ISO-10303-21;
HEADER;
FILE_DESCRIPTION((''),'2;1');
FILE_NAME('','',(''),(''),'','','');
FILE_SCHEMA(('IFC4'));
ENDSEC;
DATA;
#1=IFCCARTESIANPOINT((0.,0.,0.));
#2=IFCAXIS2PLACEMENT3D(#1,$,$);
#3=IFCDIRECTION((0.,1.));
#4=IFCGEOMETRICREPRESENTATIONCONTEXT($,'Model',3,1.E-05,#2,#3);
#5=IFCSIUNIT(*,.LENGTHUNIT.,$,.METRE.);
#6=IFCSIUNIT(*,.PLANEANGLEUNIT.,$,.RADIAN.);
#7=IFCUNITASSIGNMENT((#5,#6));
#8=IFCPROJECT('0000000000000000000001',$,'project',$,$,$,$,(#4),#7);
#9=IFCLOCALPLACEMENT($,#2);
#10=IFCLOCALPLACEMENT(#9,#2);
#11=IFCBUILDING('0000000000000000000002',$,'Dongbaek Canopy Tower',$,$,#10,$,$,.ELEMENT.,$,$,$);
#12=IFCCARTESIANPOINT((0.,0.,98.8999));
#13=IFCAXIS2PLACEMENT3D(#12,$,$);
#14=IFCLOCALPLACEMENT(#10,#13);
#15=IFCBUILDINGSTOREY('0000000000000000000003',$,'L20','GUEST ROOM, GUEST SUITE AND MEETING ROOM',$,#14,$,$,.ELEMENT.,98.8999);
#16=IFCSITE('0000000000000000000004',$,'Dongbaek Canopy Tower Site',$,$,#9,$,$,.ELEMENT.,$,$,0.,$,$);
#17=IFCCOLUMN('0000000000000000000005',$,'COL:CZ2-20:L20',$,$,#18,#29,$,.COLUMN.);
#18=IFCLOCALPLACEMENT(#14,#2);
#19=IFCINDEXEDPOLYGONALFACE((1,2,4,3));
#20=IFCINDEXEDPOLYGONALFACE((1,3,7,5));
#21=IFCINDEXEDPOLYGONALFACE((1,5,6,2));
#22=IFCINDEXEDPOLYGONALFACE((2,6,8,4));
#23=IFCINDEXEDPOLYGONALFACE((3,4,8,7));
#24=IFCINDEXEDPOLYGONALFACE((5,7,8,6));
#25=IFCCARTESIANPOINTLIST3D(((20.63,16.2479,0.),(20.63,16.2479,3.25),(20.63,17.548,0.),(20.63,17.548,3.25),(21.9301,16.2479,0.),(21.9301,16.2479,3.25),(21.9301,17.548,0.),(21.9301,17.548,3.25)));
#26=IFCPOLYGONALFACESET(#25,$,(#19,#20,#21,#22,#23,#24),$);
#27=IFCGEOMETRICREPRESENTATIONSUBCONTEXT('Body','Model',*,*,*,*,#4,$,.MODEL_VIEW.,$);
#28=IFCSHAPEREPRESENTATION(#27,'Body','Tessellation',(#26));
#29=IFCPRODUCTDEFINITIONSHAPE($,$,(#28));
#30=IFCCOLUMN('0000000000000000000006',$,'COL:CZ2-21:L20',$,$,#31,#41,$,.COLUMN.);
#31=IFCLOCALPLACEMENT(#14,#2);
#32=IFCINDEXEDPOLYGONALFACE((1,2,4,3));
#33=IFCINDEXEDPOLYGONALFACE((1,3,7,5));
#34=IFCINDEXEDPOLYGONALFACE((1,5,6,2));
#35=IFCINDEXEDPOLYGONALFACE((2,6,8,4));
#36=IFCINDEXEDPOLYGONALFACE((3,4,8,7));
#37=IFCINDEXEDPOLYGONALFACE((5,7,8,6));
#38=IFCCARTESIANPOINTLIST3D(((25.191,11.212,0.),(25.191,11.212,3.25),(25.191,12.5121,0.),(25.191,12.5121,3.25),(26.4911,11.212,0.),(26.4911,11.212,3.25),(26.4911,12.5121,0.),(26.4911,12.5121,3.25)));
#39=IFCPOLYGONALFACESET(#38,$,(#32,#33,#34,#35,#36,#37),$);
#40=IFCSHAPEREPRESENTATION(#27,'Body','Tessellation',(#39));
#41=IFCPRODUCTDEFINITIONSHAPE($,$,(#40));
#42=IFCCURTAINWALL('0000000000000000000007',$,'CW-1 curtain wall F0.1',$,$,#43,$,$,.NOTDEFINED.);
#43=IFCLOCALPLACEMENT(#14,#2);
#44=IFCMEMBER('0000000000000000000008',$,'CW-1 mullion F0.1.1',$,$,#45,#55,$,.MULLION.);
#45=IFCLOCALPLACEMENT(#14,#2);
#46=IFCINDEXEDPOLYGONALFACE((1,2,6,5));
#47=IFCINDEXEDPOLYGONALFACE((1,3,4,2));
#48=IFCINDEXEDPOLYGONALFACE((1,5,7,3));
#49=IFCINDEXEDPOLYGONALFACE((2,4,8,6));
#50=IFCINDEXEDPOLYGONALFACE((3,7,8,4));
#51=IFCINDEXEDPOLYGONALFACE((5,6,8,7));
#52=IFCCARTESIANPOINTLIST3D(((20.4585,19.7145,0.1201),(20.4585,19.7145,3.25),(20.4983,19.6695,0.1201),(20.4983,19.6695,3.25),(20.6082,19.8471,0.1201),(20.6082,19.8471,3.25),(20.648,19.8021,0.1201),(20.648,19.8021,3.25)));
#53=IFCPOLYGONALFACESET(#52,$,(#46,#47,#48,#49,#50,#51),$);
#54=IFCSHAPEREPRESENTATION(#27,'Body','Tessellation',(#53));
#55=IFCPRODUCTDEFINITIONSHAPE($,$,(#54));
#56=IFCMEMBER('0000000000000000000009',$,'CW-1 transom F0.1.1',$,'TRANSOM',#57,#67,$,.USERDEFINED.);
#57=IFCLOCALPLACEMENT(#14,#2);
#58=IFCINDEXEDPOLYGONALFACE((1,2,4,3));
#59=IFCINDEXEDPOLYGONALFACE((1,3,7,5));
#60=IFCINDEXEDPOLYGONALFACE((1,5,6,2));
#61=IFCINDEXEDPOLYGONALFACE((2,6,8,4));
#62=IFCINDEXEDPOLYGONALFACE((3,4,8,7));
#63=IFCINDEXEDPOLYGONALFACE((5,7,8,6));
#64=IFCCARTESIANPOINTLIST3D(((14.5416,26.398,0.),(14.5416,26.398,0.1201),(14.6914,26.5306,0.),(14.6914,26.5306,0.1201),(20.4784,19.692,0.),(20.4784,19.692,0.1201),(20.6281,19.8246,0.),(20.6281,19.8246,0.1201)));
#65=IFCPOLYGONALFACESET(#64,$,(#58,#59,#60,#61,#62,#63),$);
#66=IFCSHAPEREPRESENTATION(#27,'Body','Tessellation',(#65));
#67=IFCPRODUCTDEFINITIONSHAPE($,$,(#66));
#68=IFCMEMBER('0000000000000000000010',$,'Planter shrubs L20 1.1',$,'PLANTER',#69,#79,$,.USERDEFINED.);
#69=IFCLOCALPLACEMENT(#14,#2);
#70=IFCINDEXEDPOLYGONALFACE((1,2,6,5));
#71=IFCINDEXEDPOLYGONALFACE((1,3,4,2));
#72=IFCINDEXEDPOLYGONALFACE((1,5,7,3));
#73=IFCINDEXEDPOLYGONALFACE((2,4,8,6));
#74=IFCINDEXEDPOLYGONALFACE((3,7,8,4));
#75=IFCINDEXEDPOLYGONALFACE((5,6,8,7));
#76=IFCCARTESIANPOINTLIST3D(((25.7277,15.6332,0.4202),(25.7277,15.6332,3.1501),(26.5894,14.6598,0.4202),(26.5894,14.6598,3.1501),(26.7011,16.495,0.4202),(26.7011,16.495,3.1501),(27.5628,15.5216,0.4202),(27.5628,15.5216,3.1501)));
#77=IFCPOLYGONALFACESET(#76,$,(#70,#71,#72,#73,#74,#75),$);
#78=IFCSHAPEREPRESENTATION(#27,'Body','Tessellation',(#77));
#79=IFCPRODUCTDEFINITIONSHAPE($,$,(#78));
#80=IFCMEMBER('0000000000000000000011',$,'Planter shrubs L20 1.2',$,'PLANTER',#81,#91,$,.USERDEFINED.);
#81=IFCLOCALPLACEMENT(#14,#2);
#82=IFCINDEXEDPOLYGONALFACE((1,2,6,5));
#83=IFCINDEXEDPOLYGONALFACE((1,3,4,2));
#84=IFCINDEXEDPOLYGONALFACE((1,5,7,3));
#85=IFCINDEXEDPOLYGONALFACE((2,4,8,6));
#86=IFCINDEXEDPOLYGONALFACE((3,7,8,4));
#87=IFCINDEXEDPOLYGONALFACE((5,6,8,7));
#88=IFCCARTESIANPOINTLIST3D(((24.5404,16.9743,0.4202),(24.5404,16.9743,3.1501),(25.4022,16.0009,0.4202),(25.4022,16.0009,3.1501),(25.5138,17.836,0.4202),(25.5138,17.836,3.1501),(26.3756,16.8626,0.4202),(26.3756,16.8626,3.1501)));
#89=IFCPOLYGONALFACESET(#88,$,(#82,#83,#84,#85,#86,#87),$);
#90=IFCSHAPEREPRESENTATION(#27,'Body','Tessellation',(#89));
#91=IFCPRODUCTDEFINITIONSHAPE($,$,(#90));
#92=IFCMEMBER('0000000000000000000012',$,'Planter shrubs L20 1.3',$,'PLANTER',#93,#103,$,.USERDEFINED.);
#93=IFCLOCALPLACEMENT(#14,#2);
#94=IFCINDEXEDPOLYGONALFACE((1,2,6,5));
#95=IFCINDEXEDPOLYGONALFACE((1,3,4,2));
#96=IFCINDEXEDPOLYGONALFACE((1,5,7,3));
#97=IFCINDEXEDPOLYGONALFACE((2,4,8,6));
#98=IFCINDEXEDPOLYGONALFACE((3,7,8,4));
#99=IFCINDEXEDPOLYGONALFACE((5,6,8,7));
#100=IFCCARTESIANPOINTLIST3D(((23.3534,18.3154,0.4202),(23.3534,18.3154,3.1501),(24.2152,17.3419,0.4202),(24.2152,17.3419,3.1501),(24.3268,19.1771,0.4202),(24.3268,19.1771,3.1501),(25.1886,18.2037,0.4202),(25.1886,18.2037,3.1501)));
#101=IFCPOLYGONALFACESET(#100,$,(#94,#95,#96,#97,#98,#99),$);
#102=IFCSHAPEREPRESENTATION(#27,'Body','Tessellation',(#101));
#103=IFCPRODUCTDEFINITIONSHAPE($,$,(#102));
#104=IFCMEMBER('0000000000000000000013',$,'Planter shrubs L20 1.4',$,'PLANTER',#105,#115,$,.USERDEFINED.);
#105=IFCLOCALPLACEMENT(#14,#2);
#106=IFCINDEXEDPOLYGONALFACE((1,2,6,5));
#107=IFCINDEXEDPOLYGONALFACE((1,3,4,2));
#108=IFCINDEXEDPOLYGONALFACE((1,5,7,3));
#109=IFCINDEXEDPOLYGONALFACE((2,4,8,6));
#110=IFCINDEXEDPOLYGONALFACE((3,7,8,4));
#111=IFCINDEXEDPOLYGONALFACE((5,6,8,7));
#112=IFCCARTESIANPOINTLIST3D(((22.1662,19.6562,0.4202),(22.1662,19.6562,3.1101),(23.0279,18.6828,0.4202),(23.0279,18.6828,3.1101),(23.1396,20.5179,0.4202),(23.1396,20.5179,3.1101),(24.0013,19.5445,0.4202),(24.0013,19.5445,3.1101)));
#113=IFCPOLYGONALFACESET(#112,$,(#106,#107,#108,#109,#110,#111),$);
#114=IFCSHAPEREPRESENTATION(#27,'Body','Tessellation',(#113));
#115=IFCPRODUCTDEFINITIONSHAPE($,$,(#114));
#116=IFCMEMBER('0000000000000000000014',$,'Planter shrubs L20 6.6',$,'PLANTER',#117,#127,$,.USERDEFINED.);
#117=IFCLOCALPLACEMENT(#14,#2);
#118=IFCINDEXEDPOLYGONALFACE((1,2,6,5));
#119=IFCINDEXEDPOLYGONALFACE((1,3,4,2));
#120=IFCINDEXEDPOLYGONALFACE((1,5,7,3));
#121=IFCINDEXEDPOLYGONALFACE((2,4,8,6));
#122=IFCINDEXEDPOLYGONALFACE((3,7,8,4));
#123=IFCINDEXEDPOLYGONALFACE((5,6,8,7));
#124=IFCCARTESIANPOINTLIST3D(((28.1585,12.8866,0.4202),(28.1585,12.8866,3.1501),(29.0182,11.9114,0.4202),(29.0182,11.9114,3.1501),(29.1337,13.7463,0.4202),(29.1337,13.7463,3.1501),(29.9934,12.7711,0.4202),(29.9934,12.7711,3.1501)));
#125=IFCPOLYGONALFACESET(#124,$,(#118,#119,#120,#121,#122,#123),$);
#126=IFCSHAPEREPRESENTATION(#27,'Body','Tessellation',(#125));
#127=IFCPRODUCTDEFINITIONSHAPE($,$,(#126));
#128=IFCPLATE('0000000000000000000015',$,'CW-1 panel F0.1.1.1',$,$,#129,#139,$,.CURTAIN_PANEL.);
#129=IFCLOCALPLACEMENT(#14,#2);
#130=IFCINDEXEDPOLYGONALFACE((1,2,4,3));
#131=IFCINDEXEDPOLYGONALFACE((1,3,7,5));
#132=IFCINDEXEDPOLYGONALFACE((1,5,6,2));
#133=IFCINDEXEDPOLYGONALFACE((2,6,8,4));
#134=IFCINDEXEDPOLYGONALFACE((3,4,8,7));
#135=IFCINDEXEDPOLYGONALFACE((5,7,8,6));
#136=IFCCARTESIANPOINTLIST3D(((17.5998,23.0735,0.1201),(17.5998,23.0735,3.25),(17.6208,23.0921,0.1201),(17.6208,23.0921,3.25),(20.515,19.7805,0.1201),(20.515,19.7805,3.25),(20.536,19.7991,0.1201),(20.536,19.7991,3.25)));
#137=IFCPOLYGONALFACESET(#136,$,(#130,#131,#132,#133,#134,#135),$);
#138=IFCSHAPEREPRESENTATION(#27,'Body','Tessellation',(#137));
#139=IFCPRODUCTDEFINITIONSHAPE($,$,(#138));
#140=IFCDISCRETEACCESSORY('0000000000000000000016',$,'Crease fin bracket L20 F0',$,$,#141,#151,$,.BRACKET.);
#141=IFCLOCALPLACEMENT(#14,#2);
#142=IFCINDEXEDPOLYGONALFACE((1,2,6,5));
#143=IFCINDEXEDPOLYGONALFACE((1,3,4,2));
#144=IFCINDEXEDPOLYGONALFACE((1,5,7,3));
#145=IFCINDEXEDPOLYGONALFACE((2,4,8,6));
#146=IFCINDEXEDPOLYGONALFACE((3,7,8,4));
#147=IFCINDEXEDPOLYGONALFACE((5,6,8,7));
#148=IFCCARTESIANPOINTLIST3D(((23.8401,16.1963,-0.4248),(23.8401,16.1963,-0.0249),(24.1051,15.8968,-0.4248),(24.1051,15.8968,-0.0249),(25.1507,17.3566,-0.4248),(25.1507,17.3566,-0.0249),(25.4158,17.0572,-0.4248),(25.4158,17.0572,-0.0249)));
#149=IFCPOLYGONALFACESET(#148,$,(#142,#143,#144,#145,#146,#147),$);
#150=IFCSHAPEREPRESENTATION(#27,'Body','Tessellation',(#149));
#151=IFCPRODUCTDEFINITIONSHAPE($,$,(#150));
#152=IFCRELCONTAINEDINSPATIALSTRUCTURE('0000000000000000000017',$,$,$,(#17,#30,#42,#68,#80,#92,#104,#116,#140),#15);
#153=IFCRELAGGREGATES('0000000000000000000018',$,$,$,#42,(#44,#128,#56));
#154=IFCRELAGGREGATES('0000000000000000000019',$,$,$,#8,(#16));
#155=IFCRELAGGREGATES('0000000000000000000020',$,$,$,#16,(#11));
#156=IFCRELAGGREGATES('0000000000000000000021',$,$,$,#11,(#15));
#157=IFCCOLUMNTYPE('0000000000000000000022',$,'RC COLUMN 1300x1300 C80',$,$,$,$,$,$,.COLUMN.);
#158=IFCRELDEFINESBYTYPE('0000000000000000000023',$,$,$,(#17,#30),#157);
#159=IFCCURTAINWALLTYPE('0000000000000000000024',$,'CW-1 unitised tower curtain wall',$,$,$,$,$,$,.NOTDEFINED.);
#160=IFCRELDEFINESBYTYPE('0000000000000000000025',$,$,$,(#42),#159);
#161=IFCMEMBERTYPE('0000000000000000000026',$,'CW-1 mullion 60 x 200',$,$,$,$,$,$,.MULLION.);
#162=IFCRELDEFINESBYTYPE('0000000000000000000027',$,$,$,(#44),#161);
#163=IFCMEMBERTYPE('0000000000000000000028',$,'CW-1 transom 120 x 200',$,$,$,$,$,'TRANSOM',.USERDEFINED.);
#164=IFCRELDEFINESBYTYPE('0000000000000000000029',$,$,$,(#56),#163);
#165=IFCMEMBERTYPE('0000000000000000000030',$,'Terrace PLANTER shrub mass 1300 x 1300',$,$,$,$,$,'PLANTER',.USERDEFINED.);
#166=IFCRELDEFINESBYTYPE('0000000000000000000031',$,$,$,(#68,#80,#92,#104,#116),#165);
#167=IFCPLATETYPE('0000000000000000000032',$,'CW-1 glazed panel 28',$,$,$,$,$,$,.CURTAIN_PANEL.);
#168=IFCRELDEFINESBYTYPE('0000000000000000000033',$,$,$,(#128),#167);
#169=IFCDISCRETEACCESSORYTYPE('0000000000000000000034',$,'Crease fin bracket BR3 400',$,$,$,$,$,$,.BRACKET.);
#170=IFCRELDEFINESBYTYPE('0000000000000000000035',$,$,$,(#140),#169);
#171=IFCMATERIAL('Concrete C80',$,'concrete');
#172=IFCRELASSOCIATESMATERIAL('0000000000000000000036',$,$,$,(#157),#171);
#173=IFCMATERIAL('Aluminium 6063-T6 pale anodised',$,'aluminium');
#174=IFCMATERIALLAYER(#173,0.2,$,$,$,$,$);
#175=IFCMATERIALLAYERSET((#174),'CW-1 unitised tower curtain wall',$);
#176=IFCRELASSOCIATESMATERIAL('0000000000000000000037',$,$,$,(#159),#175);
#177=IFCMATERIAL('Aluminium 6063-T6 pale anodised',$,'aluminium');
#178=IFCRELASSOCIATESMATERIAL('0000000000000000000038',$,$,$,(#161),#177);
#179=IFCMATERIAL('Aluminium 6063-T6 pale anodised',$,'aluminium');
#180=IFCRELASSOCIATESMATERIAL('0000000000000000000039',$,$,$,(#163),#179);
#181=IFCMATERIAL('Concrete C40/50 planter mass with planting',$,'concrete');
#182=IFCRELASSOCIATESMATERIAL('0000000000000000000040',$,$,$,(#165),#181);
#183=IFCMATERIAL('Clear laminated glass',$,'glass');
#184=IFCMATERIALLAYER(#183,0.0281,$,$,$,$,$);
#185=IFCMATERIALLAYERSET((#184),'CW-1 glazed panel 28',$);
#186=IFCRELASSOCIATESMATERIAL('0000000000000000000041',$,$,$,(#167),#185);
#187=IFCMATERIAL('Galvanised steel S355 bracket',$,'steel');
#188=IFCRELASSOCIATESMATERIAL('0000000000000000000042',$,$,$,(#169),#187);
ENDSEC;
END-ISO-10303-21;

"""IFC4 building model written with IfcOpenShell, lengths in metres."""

from ifc_helpers import new_model, si_unit, direction, frame, origin, origin_2d, place, context, subcontext, project, spatial, rectangle, extrude, material, layer, layer_set, material_profile, profile_set, type_object, element, aggregate, save


model = new_model("IFC4")

# Units and contexts
model_context = context("Model", 3, precision=1e-05, world=origin(), true_north=direction((0.0, 1.0)))
body_context = subcontext(model_context, "Body", "Model", "MODEL_VIEW")
ifc_project = project(units=[si_unit("LENGTHUNIT", "METRE"), si_unit("PLANEANGLEUNIT", "RADIAN")], contexts=[model_context])

# Site, building, storey
site_placement = place(None, origin())
site = spatial("IfcSite", under=ifc_project, at=site_placement, Name="Dongbaek Canopy Tower Site", CompositionType="ELEMENT", RefElevation=0.0)
building_placement = place(site_placement, origin())
building = spatial("IfcBuilding", under=site, at=building_placement, Name="Dongbaek Canopy Tower", CompositionType="ELEMENT")
storey_placement = place(building_placement, frame((0.0, 0.0, 98.8999)))
storey = spatial("IfcBuildingStorey", under=building, at=storey_placement, Name="L20", Description="GUEST ROOM, GUEST SUITE AND MEETING ROOM", CompositionType="ELEMENT", Elevation=98.8999)

# Columns
ifc_material_1 = material(Name="Concrete C80", Category="concrete")
ifc_material_profile_1 = material_profile(ifc_material_1, rectangle(XDim=1.3, YDim=1.3, at=origin_2d()), Name="RC COLUMN 1300x1300 C80")
ifc_profile_set_1 = profile_set([ifc_material_profile_1], Name="Concrete C80")
column_type = type_object("IfcColumnType", Name="RC COLUMN 1300x1300 C80", PredefinedType="COLUMN", material=ifc_profile_set_1)
for number, where, z_axis, x_axis, name in (
    (1, (21.28, 16.8979, 0.0), (0.0, 0.0, 1.0), (1.0, 0.0, 0.0), "COL:CZ2-20:L20"),
    (2, (25.8411, 11.8621, 0.0), (0.0, 0.0, 1.0), (1.0, 0.0, 0.0), "COL:CZ2-21:L20"),
):
    element("IfcColumn", number, at=place(storey_placement, frame(where, z_axis=z_axis, x_axis=x_axis)), inside=storey, type_object=column_type, Name=name, PredefinedType="COLUMN", context=body_context, shape_type="SweptSolid", body=[
        extrude(rectangle(XDim=1.3, YDim=1.3, at=origin_2d()), origin(), (0.0, 0.0, 1.0), 3.25),
    ])

# Curtain wall, members
ifc_material_2 = material(Name="Aluminium 6063-T6 pale anodised", Category="aluminium")
ifc_layer_1 = layer(ifc_material_2, 0.2)
ifc_layer_set_1 = layer_set([ifc_layer_1], Name="CW-1 unitised tower curtain wall")
curtain_wall_type = type_object("IfcCurtainWallType", Name="CW-1 unitised tower curtain wall", PredefinedType="NOTDEFINED", material=ifc_layer_set_1)
curtain_wall_placement = place(storey_placement, origin())
curtain_wall = element("IfcCurtainWall", 3, at=curtain_wall_placement, inside=storey, type_object=curtain_wall_type, Name="CW-1 curtain wall F0.1", PredefinedType="NOTDEFINED")
ifc_material_3 = material(Name="Aluminium 6063-T6 pale anodised", Category="aluminium")
ifc_material_profile_2 = material_profile(ifc_material_3, rectangle(XDim=0.2, YDim=0.0601, at=origin_2d()), Name="CW-1 mullion 60 x 200")
ifc_profile_set_2 = profile_set([ifc_material_profile_2], Name="Aluminium 6063-T6 pale anodised")
member_type_1 = type_object("IfcMemberType", Name="CW-1 mullion 60 x 200", PredefinedType="MULLION", material=ifc_profile_set_2)
member_1_placement = place(storey_placement, frame((20.5532, 19.7583, 0.1201), z_axis=(0.0, 0.0, 1.0), x_axis=(0.748749, 0.662854, 0.0)))
member_1 = element("IfcMember", 4, at=member_1_placement, type_object=member_type_1, Name="CW-1 mullion F0.1.1", PredefinedType="MULLION", context=body_context, shape_type="SweptSolid", body=[
    extrude(rectangle(XDim=0.2, YDim=0.0601, at=origin_2d()), origin(), (0.0, 0.0, 1.0), 3.1299),
])
ifc_material_4 = material(Name="Aluminium 6063-T6 pale anodised", Category="aluminium")
ifc_material_profile_3 = material_profile(ifc_material_4, rectangle(XDim=0.2, YDim=0.1201, at=origin_2d()), Name="CW-1 transom 120 x 200")
ifc_profile_set_3 = profile_set([ifc_material_profile_3], Name="Aluminium 6063-T6 pale anodised")
member_type_2 = type_object("IfcMemberType", Name="CW-1 transom 120 x 200", ElementType="TRANSOM", PredefinedType="USERDEFINED", material=ifc_profile_set_3)
member_2_placement = place(storey_placement, frame((20.5532, 19.7583, 0.0601), z_axis=(-0.662855, 0.748748, 0.0), x_axis=(-0.748748, -0.662855, 0.0)))
member_2 = element("IfcMember", 5, at=member_2_placement, type_object=member_type_2, Name="CW-1 transom F0.1.1", ObjectType="TRANSOM", PredefinedType="USERDEFINED", context=body_context, shape_type="SweptSolid", body=[
    extrude(rectangle(XDim=0.2, YDim=0.1201, at=origin_2d()), origin(), (0.0, 0.0, 1.0), 8.9563),
])

# Members
ifc_material_5 = material(Name="Concrete C40/50 planter mass with planting", Category="concrete")
ifc_material_profile_4 = material_profile(ifc_material_5, rectangle(XDim=1.3, YDim=1.3, at=origin_2d()), Name="Terrace PLANTER shrub mass 1300 x 1300")
ifc_profile_set_4 = profile_set([ifc_material_profile_4], Name="Concrete C40/50 planter mass with planting")
member_type_3 = type_object("IfcMemberType", Name="Terrace PLANTER shrub mass 1300 x 1300", ElementType="PLANTER", PredefinedType="USERDEFINED", material=ifc_profile_set_4)
for number, where, z_axis, x_axis, name in (
    (6, (26.6453, 15.5774, 0.4202), (0.0, 0.0, 1.0), (0.748749, 0.662854, 0.0), "Planter shrubs L20 1.1"),
    (7, (25.458, 16.9185, 0.4202), (0.0, 0.0, 1.0), (0.748749, 0.662854, 0.0), "Planter shrubs L20 1.2"),
    (8, (24.271, 18.2595, 0.4202), (0.0, 0.0, 1.0), (0.748749, 0.662854, 0.0), "Planter shrubs L20 1.3"),
):
    element("IfcMember", number, at=place(storey_placement, frame(where, z_axis=z_axis, x_axis=x_axis)), inside=storey, type_object=member_type_3, Name=name, ObjectType="PLANTER", PredefinedType="USERDEFINED", context=body_context, shape_type="SweptSolid", body=[
        extrude(rectangle(XDim=1.3, YDim=1.3, at=origin_2d()), origin(), (0.0, 0.0, 1.0), 2.73),
    ])
member_3_placement = place(storey_placement, frame((23.0837, 19.6003, 0.4202), z_axis=(0.0, 0.0, 1.0), x_axis=(0.748749, 0.662854, 0.0)))
element("IfcMember", 9, at=member_3_placement, inside=storey, type_object=member_type_3, Name="Planter shrubs L20 1.4", ObjectType="PLANTER", PredefinedType="USERDEFINED", context=body_context, shape_type="SweptSolid", body=[
    extrude(rectangle(XDim=1.3, YDim=1.3, at=origin_2d()), origin(), (0.0, 0.0, 1.0), 2.6899),
])
member_4_placement = place(storey_placement, frame((29.0759, 12.8289, 0.4202), z_axis=(0.0, 0.0, 1.0), x_axis=(0.75015, 0.661267, 0.0)))
element("IfcMember", 10, at=member_4_placement, inside=storey, type_object=member_type_3, Name="Planter shrubs L20 6.6", ObjectType="PLANTER", PredefinedType="USERDEFINED", context=body_context, shape_type="SweptSolid", body=[
    extrude(rectangle(XDim=1.3, YDim=1.3, at=origin_2d()), origin(), (0.0, 0.0, 1.0), 2.73),
])

# Plate
ifc_material_6 = material(Name="Clear laminated glass", Category="glass")
ifc_layer_2 = layer(ifc_material_6, 0.0281)
ifc_layer_set_2 = layer_set([ifc_layer_2], Name="CW-1 glazed panel 28")
plate_type = type_object("IfcPlateType", Name="CW-1 glazed panel 28", PredefinedType="CURTAIN_PANEL", material=ifc_layer_set_2)
plate_placement = place(storey_placement, frame((19.0679, 21.4363, 0.1201), z_axis=(0.0, 0.0, 1.0), x_axis=(-0.662854, 0.748749, 0.0)))
plate = element("IfcPlate", 11, at=plate_placement, type_object=plate_type, Name="CW-1 panel F0.1.1.1", PredefinedType="CURTAIN_PANEL", context=body_context, shape_type="SweptSolid", body=[
    extrude(rectangle(XDim=4.3979, YDim=0.0281, at=origin_2d()), origin(), (0.0, 0.0, 1.0), 3.1299),
])
aggregate(curtain_wall, [member_1, plate, member_2])

# Discrete accessory
ifc_material_7 = material(Name="Galvanised steel S355 bracket", Category="steel")
discrete_accessory_type = type_object("IfcDiscreteAccessoryType", Name="Crease fin bracket BR3 400", PredefinedType="BRACKET", material=ifc_material_7)
discrete_accessory_placement = place(storey_placement, frame((24.6279, 16.6267, -0.4248), z_axis=(0.0, 0.0, 1.0), x_axis=(0.748749, 0.662854, 0.0)))
element("IfcDiscreteAccessory", 12, at=discrete_accessory_placement, inside=storey, type_object=discrete_accessory_type, Name="Crease fin bracket L20 F0", PredefinedType="BRACKET", context=body_context, shape_type="SweptSolid", body=[
    extrude(rectangle(XDim=1.7505, YDim=0.3999, at=origin_2d()), origin(), (0.0, 0.0, 1.0), 0.3999),
])

save(model, "model.ifc")
